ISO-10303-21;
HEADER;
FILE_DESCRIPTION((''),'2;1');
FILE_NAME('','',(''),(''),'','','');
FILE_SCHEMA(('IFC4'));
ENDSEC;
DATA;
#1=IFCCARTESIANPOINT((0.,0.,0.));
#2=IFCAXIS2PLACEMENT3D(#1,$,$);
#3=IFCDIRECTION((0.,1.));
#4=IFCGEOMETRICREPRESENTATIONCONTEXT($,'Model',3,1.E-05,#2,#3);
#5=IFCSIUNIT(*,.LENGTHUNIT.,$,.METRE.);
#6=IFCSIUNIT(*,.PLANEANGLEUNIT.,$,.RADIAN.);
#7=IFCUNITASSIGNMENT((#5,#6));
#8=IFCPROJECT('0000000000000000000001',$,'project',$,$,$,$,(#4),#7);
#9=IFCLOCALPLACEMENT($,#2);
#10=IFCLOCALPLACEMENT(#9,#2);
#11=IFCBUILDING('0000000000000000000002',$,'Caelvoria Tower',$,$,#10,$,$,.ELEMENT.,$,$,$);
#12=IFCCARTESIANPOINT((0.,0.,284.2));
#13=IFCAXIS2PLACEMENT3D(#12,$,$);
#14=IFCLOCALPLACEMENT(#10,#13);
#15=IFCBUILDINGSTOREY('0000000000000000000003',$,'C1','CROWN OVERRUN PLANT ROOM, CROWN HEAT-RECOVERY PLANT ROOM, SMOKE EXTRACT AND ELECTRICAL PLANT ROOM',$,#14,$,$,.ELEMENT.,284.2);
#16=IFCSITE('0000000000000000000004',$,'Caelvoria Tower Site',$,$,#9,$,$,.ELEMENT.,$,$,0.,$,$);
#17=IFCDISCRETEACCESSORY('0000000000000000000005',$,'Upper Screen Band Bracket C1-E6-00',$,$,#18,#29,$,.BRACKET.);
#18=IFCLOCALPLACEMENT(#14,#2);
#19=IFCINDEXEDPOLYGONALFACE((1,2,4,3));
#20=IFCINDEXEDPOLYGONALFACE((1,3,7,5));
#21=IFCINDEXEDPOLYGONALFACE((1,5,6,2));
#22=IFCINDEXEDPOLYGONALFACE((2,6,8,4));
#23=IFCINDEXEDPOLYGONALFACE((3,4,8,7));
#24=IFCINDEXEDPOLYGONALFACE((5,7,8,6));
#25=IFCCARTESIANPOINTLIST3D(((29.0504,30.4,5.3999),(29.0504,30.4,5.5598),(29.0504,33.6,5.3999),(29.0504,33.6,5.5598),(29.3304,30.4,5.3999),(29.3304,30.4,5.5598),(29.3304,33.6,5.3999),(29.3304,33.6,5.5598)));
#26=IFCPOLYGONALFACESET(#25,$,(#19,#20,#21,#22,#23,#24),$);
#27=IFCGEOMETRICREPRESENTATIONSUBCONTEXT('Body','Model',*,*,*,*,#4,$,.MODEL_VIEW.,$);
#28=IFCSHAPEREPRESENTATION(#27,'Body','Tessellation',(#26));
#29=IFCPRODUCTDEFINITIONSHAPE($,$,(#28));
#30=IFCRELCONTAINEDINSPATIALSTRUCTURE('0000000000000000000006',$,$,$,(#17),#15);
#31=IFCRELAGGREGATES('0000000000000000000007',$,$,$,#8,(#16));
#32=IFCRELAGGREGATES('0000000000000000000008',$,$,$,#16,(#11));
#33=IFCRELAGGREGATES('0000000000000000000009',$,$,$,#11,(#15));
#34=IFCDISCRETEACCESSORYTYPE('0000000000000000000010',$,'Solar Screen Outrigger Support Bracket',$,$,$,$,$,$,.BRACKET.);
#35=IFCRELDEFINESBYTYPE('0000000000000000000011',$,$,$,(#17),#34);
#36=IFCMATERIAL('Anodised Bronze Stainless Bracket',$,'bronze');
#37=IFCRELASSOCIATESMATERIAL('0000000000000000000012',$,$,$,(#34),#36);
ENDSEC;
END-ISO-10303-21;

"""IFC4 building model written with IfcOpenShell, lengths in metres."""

from ifc_helpers import new_model, si_unit, direction, frame, origin, origin_2d, place, context, subcontext, project, spatial, rectangle, extrude, material, type_object, element, save


model = new_model("IFC4")

# Units and contexts
model_context = context("Model", 3, precision=1e-05, world=origin(), true_north=direction((0.0, 1.0)))
body_context = subcontext(model_context, "Body", "Model", "MODEL_VIEW")
ifc_project = project(units=[si_unit("LENGTHUNIT", "METRE"), si_unit("PLANEANGLEUNIT", "RADIAN")], contexts=[model_context])

# Site, building, storey
site_placement = place(None, origin())
site = spatial("IfcSite", under=ifc_project, at=site_placement, Name="Caelvoria Tower Site", CompositionType="ELEMENT", RefElevation=0.0)
building_placement = place(site_placement, origin())
building = spatial("IfcBuilding", under=site, at=building_placement, Name="Caelvoria Tower", CompositionType="ELEMENT")
storey_placement = place(building_placement, frame((0.0, 0.0, 284.2)))
storey = spatial("IfcBuildingStorey", under=building, at=storey_placement, Name="C1", Description="CROWN OVERRUN PLANT ROOM, CROWN HEAT-RECOVERY PLANT ROOM, SMOKE EXTRACT AND ELECTRICAL PLANT ROOM", CompositionType="ELEMENT", Elevation=284.2)

# Discrete accessory
ifc_material_1 = material(Name="Anodised Bronze Stainless Bracket", Category="bronze")
discrete_accessory_type = type_object("IfcDiscreteAccessoryType", Name="Solar Screen Outrigger Support Bracket", PredefinedType="BRACKET", material=ifc_material_1)
for number, where, z_axis, x_axis, name in (
    (1, (29.1904, 32.0, 5.3999), (0.0, 0.0, 1.0), (0.0, -1.0, 0.0), "Upper Screen Band Bracket C1-E6-00"),
):
    element("IfcDiscreteAccessory", number, at=place(storey_placement, frame(where, z_axis=z_axis, x_axis=x_axis)), inside=storey, type_object=discrete_accessory_type, Name=name, PredefinedType="BRACKET", context=body_context, shape_type="SweptSolid", body=[
        extrude(rectangle(XDim=3.2, YDim=0.28, at=origin_2d()), origin(), (0.0, 0.0, 1.0), 0.1599),
    ])

save(model, "model.ifc")
